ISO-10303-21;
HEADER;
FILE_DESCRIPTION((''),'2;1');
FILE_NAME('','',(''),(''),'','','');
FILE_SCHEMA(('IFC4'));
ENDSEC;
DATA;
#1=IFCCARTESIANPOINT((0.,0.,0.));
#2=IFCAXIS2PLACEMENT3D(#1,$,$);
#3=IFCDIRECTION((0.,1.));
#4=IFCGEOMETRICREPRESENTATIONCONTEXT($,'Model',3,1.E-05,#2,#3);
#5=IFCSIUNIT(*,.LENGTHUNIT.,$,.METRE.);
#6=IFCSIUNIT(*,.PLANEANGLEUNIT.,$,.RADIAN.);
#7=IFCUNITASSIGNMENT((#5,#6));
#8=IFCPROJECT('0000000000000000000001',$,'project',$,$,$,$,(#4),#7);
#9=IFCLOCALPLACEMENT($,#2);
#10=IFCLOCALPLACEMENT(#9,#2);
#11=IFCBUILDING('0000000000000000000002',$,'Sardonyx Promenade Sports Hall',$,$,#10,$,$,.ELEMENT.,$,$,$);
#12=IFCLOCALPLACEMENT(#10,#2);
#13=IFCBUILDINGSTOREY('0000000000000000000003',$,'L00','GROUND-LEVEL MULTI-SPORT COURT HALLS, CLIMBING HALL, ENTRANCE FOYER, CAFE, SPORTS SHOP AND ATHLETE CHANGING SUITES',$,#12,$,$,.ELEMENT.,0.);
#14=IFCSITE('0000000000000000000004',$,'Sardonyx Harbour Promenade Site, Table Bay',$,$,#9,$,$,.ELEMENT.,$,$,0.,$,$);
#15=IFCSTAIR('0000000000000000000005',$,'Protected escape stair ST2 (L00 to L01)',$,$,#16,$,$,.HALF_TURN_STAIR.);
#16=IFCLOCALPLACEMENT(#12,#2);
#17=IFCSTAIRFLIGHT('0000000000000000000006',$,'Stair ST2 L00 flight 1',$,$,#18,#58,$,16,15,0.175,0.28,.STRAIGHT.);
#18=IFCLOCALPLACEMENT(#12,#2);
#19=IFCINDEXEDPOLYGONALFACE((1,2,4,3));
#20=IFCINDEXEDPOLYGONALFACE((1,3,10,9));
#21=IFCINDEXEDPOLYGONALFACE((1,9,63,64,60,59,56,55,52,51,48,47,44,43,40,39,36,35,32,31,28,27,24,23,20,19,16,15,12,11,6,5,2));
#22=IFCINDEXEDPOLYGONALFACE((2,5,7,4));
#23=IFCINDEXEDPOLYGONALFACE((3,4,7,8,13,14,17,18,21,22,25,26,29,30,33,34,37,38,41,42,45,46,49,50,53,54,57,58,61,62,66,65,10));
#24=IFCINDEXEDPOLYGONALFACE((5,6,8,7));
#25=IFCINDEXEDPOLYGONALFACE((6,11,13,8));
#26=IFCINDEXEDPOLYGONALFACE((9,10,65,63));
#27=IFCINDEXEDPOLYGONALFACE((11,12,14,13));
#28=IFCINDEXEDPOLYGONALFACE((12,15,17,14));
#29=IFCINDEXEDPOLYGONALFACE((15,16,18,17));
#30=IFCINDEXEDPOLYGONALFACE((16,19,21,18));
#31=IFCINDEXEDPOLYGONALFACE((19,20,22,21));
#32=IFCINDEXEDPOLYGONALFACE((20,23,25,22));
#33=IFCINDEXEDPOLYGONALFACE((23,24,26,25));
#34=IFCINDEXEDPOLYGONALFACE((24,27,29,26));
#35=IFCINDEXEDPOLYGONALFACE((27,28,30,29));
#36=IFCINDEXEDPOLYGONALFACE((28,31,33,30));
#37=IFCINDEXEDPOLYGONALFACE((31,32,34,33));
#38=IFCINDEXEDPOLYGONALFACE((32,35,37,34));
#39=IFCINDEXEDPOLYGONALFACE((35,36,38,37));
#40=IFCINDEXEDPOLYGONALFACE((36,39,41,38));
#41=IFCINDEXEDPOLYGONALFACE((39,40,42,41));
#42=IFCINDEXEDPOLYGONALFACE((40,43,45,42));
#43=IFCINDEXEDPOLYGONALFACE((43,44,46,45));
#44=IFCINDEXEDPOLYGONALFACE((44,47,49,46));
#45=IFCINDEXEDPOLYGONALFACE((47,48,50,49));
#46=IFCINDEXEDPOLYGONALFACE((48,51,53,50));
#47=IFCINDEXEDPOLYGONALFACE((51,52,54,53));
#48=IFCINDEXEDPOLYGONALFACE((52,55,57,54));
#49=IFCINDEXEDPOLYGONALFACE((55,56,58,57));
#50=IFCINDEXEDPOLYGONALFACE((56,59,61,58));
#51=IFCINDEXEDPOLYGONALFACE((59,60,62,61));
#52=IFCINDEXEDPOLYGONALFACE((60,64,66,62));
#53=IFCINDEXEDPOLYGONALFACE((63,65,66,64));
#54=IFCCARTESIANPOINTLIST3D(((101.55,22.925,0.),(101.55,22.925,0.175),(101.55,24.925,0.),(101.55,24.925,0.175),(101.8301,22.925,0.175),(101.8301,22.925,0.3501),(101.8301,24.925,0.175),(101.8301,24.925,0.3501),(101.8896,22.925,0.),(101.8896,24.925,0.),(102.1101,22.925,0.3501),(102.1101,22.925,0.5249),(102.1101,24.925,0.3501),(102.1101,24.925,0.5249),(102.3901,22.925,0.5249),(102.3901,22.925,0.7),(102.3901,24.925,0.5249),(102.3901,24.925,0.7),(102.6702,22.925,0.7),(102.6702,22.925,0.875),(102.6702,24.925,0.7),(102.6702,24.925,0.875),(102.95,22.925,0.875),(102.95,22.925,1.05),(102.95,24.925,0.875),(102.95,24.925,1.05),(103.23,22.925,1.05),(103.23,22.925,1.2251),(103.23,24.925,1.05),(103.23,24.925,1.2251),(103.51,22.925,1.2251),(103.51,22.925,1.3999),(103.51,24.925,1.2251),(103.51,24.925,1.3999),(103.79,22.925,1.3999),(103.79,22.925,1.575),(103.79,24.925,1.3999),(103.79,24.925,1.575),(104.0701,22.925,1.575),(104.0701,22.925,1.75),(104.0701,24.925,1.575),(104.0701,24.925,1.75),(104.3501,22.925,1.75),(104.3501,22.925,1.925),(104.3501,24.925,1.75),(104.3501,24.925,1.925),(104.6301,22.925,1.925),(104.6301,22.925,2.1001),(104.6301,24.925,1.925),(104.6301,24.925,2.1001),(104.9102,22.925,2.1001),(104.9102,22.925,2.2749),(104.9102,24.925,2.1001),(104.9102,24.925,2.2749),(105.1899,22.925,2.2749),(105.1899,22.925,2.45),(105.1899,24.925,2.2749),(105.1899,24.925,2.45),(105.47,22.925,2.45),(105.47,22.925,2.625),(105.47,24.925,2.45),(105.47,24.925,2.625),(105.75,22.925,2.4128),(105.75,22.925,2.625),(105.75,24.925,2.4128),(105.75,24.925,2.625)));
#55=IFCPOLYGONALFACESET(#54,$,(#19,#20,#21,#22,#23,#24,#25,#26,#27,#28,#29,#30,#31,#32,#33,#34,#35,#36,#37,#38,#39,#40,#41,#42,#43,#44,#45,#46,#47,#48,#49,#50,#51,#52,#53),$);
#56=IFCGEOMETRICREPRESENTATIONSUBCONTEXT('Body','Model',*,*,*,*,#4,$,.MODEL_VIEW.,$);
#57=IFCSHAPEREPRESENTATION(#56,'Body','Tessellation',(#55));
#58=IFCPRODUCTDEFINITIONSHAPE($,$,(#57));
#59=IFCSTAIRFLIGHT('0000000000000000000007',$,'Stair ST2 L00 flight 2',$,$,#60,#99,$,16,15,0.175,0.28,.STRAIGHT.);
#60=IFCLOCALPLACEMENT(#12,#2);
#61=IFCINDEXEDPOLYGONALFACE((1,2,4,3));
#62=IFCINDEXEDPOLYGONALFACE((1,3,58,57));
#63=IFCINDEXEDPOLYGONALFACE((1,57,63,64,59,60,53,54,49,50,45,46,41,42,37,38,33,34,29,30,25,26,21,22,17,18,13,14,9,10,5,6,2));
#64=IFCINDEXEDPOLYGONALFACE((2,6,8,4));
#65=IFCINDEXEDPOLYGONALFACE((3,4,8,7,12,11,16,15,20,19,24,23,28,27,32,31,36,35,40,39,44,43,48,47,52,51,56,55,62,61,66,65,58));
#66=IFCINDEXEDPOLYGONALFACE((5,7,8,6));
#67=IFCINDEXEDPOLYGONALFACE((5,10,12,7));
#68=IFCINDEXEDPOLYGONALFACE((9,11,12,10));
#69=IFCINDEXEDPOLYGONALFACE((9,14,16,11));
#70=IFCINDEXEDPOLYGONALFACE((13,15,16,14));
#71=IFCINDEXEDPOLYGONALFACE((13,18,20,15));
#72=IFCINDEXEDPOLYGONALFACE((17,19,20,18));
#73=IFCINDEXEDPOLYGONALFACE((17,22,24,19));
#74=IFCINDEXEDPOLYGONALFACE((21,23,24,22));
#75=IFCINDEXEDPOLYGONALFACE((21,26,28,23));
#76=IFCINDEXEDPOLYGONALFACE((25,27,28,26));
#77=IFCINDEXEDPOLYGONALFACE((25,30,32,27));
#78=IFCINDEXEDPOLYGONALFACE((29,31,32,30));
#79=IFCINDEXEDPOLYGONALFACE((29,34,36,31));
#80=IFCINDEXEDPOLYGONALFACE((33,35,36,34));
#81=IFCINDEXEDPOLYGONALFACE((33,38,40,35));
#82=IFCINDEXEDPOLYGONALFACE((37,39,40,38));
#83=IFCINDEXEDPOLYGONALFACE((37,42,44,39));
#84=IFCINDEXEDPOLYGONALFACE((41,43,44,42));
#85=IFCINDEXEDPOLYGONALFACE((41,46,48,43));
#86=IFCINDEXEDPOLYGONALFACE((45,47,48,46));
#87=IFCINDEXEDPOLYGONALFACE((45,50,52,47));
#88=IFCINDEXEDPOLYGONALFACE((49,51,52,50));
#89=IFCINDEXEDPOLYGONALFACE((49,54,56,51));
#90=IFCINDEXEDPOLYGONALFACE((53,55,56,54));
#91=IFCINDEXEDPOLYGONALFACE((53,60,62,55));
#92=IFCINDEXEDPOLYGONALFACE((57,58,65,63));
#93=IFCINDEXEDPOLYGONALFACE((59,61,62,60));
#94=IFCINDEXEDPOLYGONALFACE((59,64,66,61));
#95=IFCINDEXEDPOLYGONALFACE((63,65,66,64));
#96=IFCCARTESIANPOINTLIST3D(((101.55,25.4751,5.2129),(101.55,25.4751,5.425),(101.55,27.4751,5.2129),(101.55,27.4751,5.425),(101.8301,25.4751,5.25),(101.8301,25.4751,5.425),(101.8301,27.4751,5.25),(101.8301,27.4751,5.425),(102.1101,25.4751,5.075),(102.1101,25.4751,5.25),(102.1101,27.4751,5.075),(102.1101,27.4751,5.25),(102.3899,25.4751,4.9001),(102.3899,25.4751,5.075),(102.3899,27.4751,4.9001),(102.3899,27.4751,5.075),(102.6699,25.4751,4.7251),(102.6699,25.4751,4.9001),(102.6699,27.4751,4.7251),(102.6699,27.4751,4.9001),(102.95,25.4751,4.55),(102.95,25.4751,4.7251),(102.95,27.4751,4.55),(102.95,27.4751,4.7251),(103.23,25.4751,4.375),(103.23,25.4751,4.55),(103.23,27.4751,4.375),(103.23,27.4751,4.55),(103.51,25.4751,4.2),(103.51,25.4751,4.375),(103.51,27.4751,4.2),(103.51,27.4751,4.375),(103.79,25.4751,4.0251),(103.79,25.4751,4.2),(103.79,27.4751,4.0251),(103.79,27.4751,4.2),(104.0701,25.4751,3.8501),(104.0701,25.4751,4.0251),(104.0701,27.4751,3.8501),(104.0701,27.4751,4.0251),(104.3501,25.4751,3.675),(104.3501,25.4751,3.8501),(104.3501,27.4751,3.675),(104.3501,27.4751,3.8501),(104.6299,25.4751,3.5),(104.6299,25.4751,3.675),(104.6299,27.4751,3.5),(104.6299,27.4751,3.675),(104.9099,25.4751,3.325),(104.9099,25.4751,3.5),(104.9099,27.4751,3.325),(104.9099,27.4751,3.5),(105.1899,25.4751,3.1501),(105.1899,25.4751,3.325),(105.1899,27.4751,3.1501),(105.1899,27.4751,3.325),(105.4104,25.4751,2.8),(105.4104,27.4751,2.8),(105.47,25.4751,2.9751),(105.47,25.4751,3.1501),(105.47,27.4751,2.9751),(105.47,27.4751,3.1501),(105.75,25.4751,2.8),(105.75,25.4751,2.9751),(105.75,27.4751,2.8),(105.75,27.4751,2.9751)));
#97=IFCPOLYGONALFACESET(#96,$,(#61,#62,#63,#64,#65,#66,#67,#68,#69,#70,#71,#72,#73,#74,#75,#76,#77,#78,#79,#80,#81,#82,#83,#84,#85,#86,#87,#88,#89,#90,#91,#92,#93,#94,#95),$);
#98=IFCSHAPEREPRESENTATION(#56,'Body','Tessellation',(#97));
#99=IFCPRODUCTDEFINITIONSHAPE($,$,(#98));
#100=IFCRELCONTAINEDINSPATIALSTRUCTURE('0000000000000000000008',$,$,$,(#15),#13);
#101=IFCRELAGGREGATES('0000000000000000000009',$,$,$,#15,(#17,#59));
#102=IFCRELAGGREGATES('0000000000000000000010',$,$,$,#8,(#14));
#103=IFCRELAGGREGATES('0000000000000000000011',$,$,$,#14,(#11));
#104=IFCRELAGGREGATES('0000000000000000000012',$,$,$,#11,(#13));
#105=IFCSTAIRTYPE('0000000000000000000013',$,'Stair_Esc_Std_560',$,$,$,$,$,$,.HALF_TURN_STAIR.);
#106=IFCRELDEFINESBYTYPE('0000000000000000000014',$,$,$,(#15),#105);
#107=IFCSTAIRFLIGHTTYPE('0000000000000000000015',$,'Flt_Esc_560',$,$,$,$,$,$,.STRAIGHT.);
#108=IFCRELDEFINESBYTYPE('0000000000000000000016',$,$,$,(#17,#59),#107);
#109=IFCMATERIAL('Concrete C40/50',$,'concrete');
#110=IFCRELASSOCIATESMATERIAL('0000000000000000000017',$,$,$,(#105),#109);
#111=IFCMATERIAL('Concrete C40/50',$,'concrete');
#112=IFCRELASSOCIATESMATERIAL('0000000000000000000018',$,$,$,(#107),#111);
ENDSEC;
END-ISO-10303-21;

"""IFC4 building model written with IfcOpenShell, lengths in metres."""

from ifc_helpers import new_model, si_unit, direction, frame, origin, place, context, subcontext, project, spatial, polyline, outline, extrude, material, type_object, element, aggregate, save


model = new_model("IFC4")

# Units and contexts
model_context = context("Model", 3, precision=1e-05, world=origin(), true_north=direction((0.0, 1.0)))
body_context = subcontext(model_context, "Body", "Model", "MODEL_VIEW")
ifc_project = project(units=[si_unit("LENGTHUNIT", "METRE"), si_unit("PLANEANGLEUNIT", "RADIAN")], contexts=[model_context])

# Site, building, storey
site_placement = place(None, origin())
site = spatial("IfcSite", under=ifc_project, at=site_placement, Name="Sardonyx Harbour Promenade Site, Table Bay", CompositionType="ELEMENT", RefElevation=0.0)
building_placement = place(site_placement, origin())
building = spatial("IfcBuilding", under=site, at=building_placement, Name="Sardonyx Promenade Sports Hall", CompositionType="ELEMENT")
storey_placement = place(building_placement, origin())
storey = spatial("IfcBuildingStorey", under=building, at=storey_placement, Name="L00", Description="GROUND-LEVEL MULTI-SPORT COURT HALLS, CLIMBING HALL, ENTRANCE FOYER, CAFE, SPORTS SHOP AND ATHLETE CHANGING SUITES", CompositionType="ELEMENT", Elevation=0.0)

# Stair, stair flights
ifc_material_1 = material(Name="Concrete C40/50", Category="concrete")
stair_type = type_object("IfcStairType", Name="Stair_Esc_Std_560", PredefinedType="HALF_TURN_STAIR", material=ifc_material_1)
stair_placement = place(storey_placement, origin())
stair = element("IfcStair", 1, at=stair_placement, inside=storey, type_object=stair_type, Name="Protected escape stair ST2 (L00 to L01)", PredefinedType="HALF_TURN_STAIR")
ifc_material_2 = material(Name="Concrete C40/50", Category="concrete")
stair_flight_type = type_object("IfcStairFlightType", Name="Flt_Esc_560", PredefinedType="STRAIGHT", material=ifc_material_2)
stair_flight_1_placement = place(storey_placement, frame((101.55, 23.925, 0.0), z_axis=(0.0, 0.0, 1.0), x_axis=(1.0, 0.0, 0.0)))
stair_flight_1 = element("IfcStairFlight", 2, at=stair_flight_1_placement, type_object=stair_flight_type, Name="Stair ST2 L00 flight 1", NumberOfRisers=16, NumberOfTreads=15, PredefinedType="STRAIGHT", RiserHeight=0.175, TreadLength=0.28, context=body_context, shape_type="SweptSolid", body=[
    extrude(outline(polyline([(0.0, 0.0), (0.0, 0.175), (0.28, 0.175), (0.28, 0.3501), (0.5601, 0.3501), (0.5601, 0.5249), (0.8401, 0.5249), (0.8401, 0.7), (1.1201, 0.7), (1.1201, 0.875), (1.3999, 0.875), (1.3999, 1.05), (1.6799, 1.05), (1.6799, 1.2251), (1.96, 1.2251), (1.96, 1.3999), (2.24, 1.3999), (2.24, 1.575), (2.52, 1.575), (2.52, 1.75), (2.8, 1.75), (2.8, 1.925), (3.0801, 1.925), (3.0801, 2.1001), (3.3601, 2.1001), (3.3601, 2.2749), (3.6399, 2.2749), (3.6399, 2.45), (3.9199, 2.45), (3.9199, 2.625), (4.2, 2.625), (4.2, 2.8), (4.2, 2.4128), (0.3396, 0.0), (0.0, 0.0)])), frame((0.0, 1.0, 0.0), z_axis=(0.0, -1.0, 0.0), x_axis=(1.0, 0.0, 0.0)), (0.0, 0.0, 1.0), 2.0),
])
stair_flight_2_placement = place(storey_placement, frame((105.75, 26.4751, 2.8), z_axis=(0.0, 0.0, 1.0), x_axis=(-1.0, 0.0, 0.0)))
stair_flight_2 = element("IfcStairFlight", 3, at=stair_flight_2_placement, type_object=stair_flight_type, Name="Stair ST2 L00 flight 2", NumberOfRisers=16, NumberOfTreads=15, PredefinedType="STRAIGHT", RiserHeight=0.175, TreadLength=0.28, context=body_context, shape_type="SweptSolid", body=[
    extrude(outline(polyline([(0.0, 0.0), (0.0, 0.175), (0.28, 0.175), (0.28, 0.3501), (0.5601, 0.3501), (0.5601, 0.5249), (0.8401, 0.5249), (0.8401, 0.7), (1.1201, 0.7), (1.1201, 0.875), (1.3999, 0.875), (1.3999, 1.05), (1.6799, 1.05), (1.6799, 1.2251), (1.96, 1.2251), (1.96, 1.3999), (2.24, 1.3999), (2.24, 1.575), (2.52, 1.575), (2.52, 1.75), (2.8, 1.75), (2.8, 1.925), (3.0801, 1.925), (3.0801, 2.1001), (3.3601, 2.1001), (3.3601, 2.2749), (3.6399, 2.2749), (3.6399, 2.45), (3.9199, 2.45), (3.9199, 2.625), (4.2, 2.625), (4.2, 2.8), (4.2, 2.4128), (0.3396, 0.0), (0.0, 0.0)])), frame((0.0, 1.0, 0.0), z_axis=(0.0, -1.0, 0.0), x_axis=(1.0, 0.0, 0.0)), (0.0, 0.0, 1.0), 2.0),
])
aggregate(stair, [stair_flight_1, stair_flight_2])

save(model, "model.ifc")
